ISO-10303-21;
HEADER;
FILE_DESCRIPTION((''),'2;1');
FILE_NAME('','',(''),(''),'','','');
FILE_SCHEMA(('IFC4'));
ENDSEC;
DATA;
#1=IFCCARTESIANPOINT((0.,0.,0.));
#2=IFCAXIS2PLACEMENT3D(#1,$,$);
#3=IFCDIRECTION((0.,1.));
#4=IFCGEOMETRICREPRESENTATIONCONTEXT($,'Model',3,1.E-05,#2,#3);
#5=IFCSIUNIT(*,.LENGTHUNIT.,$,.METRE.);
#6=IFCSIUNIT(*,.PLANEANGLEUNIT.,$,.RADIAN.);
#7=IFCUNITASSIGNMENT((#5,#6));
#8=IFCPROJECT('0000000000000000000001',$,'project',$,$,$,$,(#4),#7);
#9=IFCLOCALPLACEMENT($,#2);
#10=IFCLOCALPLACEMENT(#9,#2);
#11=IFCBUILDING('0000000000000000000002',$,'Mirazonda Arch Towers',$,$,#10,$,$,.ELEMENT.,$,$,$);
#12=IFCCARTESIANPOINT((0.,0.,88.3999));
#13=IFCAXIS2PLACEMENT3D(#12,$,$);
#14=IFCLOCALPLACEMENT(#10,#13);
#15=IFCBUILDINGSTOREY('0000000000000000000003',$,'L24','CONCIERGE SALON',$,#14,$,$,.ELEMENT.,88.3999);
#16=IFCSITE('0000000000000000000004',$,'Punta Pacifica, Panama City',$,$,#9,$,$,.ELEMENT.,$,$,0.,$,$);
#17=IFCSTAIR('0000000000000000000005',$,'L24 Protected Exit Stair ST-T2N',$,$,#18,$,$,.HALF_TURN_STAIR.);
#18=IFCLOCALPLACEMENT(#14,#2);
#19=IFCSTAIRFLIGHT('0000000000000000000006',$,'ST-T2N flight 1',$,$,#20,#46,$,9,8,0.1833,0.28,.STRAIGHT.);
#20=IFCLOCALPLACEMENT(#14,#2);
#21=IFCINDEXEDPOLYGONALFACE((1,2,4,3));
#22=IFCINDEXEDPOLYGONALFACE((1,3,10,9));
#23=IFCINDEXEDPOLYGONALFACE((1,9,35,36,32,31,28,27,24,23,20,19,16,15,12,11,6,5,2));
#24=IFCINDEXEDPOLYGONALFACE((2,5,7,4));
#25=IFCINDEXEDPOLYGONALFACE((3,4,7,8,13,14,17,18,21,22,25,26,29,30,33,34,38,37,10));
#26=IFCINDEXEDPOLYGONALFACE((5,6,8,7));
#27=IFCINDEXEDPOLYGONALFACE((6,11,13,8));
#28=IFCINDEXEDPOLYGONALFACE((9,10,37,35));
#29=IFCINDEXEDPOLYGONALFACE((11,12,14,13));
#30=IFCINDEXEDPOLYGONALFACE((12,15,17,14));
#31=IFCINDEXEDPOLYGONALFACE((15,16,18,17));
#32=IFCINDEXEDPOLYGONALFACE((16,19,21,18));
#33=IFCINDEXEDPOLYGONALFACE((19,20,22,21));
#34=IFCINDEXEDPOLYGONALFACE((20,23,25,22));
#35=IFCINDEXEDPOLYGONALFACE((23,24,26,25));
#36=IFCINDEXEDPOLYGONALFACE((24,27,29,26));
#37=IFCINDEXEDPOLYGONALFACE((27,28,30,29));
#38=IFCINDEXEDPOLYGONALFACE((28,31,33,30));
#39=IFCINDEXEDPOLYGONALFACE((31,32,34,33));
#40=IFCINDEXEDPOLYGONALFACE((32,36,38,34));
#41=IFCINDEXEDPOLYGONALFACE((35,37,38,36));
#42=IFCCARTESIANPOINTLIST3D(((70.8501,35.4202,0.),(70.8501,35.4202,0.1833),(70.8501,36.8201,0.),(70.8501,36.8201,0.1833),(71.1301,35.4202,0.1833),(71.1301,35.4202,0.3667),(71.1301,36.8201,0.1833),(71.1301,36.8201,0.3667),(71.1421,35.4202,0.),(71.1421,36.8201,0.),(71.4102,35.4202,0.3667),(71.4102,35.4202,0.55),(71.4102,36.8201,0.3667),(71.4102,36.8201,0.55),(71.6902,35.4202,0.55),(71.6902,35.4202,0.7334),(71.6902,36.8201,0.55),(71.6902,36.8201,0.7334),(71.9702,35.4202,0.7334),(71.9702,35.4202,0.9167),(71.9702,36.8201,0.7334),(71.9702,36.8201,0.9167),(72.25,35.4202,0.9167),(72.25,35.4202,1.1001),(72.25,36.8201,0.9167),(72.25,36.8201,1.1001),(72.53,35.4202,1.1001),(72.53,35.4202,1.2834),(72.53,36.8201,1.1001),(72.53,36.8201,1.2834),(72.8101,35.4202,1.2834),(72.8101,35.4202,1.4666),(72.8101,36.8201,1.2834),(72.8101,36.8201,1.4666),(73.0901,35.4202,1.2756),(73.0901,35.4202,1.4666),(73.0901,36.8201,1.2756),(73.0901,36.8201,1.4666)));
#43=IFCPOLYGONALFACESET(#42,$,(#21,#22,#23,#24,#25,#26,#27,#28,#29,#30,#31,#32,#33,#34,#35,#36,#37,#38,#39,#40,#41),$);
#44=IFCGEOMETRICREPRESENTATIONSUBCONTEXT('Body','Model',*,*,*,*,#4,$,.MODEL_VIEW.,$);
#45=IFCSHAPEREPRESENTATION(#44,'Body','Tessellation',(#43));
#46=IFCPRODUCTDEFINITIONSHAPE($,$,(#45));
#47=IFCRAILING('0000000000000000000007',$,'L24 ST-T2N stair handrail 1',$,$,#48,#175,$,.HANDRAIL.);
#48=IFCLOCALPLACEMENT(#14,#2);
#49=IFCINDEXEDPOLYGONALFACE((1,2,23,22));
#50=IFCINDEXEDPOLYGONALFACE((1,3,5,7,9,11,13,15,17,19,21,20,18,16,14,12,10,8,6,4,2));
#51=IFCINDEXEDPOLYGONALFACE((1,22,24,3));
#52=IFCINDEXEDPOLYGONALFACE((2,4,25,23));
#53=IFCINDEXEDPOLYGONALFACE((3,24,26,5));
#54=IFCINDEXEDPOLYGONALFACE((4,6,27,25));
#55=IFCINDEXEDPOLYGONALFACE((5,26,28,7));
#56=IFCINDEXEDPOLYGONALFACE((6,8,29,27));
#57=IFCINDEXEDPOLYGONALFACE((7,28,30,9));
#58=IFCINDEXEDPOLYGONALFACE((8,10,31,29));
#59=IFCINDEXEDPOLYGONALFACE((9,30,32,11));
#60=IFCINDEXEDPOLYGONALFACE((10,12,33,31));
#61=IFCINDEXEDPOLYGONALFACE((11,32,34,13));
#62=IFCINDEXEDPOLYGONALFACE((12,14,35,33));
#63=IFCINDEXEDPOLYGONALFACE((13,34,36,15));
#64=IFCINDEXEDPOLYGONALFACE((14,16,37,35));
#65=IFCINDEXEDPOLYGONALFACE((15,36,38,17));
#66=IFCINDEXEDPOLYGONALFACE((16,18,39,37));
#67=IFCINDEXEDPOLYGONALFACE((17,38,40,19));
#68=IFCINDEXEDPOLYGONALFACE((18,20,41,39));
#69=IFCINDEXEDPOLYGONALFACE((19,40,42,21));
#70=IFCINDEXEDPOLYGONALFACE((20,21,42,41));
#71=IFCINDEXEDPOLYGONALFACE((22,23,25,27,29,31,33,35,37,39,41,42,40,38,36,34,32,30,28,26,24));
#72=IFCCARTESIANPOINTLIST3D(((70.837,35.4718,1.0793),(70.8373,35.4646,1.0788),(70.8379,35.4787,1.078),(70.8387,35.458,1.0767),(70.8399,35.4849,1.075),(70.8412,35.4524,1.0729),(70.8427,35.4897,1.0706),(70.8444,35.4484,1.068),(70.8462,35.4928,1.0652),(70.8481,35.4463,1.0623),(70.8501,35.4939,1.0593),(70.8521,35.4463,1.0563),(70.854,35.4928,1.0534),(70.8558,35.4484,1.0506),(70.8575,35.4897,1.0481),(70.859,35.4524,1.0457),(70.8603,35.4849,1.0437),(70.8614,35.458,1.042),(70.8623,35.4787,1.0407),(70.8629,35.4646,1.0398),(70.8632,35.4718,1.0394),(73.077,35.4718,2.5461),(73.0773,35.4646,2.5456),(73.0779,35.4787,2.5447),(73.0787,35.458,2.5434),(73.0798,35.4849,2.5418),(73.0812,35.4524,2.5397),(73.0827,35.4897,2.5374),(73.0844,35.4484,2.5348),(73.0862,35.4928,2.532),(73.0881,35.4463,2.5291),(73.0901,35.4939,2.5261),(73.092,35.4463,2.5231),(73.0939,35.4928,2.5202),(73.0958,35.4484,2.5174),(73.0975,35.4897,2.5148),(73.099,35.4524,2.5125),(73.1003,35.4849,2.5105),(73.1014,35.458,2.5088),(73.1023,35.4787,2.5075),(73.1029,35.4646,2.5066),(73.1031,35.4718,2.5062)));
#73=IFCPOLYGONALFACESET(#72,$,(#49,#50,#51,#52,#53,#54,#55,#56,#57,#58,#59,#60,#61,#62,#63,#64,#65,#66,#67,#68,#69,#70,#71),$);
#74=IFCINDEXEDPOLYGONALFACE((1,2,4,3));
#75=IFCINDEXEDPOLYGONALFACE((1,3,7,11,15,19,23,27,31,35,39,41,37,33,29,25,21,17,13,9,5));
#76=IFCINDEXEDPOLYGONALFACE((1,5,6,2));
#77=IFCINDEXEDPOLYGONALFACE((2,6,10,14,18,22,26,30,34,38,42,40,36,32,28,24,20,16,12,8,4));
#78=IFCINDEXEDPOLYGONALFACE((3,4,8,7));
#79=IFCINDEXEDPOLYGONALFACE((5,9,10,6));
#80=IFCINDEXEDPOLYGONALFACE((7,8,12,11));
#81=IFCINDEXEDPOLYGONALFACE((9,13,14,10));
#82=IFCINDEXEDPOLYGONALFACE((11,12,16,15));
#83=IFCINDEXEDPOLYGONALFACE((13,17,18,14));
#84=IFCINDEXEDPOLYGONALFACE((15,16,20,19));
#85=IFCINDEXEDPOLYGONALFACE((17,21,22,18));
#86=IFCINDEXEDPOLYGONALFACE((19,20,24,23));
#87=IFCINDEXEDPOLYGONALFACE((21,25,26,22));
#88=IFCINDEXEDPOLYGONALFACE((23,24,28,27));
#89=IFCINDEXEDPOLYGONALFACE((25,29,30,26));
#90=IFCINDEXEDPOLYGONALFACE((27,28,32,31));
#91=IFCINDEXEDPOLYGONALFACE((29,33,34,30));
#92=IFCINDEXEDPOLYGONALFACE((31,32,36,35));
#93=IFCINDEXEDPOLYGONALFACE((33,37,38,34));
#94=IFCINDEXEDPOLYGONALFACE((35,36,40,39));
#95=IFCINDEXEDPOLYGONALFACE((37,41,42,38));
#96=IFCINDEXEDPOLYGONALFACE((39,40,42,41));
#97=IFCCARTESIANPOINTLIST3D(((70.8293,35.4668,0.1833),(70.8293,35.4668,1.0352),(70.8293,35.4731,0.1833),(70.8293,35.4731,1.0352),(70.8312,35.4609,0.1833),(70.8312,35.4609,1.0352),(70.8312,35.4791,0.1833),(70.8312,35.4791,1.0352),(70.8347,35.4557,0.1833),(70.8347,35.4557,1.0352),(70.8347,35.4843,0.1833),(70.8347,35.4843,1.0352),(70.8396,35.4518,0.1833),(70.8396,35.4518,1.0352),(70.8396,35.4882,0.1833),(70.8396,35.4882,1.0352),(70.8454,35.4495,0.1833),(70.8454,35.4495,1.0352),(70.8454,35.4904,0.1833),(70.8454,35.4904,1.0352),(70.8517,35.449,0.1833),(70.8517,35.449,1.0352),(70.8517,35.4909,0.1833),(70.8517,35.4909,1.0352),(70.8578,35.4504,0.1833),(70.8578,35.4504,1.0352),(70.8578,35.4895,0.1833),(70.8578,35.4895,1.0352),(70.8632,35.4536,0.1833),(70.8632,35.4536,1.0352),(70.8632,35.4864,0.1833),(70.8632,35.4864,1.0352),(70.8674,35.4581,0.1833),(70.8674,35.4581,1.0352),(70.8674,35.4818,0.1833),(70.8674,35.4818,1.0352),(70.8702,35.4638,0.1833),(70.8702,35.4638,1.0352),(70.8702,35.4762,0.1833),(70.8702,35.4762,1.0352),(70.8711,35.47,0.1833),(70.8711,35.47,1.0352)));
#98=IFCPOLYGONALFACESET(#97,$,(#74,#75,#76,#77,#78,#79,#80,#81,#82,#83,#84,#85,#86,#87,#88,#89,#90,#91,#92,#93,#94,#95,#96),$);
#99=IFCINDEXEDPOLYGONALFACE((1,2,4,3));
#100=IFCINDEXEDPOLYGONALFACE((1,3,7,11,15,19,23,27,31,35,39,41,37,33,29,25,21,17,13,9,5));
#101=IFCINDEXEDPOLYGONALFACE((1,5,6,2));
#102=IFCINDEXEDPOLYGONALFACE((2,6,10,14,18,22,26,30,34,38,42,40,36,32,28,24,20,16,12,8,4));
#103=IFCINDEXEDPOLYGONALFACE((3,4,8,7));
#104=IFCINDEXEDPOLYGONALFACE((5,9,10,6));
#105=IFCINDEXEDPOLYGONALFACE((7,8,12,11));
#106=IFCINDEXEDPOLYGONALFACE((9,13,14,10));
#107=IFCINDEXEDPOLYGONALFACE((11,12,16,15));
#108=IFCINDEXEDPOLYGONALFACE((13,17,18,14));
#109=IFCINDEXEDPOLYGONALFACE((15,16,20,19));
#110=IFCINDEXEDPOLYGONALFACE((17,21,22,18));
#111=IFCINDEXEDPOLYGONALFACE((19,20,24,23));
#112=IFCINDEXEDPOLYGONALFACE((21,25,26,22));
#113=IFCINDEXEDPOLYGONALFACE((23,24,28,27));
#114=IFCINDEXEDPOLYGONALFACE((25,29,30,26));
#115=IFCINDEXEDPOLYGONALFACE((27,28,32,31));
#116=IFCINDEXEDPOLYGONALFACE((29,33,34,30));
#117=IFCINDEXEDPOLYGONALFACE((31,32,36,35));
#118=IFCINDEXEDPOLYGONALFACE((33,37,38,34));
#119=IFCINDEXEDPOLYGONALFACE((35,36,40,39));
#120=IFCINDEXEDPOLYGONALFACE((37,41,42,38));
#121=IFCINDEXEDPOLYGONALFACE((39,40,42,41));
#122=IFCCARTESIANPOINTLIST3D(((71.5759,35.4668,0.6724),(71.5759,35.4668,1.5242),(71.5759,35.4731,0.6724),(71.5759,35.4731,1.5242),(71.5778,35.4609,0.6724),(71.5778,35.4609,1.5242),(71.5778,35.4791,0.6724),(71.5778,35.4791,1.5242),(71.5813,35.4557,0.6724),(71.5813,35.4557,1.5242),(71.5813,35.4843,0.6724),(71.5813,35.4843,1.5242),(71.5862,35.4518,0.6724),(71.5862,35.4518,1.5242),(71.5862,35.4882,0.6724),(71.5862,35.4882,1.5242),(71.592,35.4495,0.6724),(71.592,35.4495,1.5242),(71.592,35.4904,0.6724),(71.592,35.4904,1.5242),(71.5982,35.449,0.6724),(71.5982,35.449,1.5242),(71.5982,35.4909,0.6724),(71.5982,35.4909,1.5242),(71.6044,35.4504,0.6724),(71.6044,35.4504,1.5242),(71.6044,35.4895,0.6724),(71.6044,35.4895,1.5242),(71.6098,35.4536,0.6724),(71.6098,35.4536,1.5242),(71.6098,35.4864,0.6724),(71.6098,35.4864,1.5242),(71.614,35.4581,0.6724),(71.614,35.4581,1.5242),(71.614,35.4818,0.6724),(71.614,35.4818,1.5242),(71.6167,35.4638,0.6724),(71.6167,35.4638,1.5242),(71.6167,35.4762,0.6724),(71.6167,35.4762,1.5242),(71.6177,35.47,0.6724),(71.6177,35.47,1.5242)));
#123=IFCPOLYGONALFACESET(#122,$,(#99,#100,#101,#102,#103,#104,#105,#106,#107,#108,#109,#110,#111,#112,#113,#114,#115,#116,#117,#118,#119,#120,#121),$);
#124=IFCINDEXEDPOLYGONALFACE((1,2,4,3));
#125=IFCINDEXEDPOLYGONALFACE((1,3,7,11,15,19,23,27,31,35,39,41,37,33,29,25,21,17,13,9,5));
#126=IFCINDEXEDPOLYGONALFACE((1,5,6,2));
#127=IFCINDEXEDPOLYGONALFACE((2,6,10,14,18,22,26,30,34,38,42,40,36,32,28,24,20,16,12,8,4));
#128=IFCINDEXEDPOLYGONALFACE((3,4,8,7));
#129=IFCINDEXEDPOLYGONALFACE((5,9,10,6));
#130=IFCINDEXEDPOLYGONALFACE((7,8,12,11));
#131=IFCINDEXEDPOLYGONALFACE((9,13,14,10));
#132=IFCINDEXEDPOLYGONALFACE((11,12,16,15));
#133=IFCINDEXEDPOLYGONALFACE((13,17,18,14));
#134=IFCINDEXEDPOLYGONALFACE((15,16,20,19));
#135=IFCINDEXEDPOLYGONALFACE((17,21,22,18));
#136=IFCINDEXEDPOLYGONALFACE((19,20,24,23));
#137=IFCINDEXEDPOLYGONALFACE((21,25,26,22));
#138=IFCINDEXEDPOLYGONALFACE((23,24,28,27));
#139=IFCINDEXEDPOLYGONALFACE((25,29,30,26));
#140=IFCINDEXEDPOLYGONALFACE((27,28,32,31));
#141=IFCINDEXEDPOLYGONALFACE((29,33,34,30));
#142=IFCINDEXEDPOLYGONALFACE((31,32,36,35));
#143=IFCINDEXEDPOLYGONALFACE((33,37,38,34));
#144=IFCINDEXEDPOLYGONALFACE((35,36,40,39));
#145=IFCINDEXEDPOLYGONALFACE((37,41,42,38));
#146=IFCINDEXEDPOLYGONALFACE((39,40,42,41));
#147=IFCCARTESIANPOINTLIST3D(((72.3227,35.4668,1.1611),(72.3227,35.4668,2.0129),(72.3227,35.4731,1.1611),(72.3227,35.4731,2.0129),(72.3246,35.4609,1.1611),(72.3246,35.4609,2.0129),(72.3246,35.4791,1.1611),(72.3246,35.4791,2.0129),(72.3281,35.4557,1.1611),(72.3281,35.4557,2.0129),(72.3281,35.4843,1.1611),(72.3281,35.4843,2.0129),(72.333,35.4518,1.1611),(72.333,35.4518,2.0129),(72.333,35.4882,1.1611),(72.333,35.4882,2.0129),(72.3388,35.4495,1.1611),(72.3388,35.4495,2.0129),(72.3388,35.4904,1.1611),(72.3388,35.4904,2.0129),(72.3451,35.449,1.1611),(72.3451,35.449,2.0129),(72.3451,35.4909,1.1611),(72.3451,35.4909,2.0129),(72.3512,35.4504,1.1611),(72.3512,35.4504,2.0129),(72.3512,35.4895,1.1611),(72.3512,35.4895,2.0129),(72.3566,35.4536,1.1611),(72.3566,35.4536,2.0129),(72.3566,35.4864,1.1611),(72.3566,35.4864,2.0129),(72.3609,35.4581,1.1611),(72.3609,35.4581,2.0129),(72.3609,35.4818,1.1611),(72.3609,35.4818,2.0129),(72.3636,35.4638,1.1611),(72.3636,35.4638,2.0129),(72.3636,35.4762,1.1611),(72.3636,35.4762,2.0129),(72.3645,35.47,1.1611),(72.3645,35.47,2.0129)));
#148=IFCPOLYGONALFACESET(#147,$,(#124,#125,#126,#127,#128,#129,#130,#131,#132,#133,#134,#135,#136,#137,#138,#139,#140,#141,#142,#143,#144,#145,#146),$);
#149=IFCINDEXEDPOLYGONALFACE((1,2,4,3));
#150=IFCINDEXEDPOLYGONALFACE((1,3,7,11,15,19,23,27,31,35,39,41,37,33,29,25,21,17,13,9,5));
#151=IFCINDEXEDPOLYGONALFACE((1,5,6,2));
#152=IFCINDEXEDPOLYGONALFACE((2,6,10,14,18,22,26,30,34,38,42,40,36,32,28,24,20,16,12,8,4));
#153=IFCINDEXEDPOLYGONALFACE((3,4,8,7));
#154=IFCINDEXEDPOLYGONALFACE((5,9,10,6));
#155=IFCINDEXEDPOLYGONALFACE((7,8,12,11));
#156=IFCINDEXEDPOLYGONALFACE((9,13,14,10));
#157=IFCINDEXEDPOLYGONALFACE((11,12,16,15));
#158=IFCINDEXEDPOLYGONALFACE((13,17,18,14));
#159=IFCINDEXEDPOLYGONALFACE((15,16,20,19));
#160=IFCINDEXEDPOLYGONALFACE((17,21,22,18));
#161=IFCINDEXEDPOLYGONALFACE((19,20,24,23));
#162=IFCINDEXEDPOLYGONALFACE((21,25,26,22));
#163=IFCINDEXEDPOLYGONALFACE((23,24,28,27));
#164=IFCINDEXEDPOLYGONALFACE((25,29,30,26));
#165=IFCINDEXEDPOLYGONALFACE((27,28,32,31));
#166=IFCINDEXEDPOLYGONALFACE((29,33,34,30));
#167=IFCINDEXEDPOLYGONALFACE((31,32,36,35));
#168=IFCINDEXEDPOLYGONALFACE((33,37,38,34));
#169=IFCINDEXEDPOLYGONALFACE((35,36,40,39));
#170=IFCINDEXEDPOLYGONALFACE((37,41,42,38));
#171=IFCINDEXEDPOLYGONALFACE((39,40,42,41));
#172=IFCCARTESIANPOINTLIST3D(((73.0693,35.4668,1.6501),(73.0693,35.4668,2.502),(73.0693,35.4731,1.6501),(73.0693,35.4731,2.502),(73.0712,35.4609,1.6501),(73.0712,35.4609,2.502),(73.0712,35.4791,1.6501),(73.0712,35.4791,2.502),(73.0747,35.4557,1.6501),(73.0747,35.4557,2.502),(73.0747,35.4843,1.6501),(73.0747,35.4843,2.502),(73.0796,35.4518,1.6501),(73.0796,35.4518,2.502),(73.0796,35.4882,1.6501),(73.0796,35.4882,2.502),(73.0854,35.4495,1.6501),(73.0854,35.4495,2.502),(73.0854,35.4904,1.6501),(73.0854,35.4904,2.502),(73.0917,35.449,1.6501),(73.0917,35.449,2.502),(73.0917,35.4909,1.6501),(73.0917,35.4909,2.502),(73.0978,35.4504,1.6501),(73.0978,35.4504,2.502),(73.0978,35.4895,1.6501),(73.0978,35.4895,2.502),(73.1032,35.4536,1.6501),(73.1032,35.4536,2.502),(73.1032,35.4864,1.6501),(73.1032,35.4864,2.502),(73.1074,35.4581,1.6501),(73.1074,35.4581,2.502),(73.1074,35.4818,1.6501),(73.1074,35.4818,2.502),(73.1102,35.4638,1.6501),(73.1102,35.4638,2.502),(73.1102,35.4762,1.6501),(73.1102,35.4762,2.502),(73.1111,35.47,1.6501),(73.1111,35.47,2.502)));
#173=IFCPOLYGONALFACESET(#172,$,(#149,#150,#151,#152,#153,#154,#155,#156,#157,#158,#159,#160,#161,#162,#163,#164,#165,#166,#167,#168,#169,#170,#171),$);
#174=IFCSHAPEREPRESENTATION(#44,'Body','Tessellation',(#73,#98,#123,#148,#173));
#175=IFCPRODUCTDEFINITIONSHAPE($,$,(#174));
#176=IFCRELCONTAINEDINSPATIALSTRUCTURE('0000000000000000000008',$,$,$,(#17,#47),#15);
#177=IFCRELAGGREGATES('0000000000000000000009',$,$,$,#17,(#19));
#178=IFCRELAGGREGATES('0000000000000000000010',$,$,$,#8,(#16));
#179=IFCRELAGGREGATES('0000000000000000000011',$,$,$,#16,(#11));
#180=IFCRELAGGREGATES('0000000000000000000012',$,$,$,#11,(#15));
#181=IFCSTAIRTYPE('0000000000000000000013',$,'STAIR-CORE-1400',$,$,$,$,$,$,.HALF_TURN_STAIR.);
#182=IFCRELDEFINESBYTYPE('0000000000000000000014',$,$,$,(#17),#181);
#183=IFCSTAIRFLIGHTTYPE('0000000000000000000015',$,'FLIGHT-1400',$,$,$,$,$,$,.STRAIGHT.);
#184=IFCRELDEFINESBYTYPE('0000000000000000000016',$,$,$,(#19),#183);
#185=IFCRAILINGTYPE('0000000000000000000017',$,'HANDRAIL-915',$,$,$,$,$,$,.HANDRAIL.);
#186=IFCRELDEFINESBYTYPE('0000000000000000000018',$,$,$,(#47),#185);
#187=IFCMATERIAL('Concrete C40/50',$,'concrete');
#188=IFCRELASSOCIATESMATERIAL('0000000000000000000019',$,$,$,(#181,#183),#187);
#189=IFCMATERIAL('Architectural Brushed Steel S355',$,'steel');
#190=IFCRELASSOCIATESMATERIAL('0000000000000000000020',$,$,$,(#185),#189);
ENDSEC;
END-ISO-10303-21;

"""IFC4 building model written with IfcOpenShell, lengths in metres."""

from ifc_helpers import new_model, si_unit, direction, frame, origin, origin_2d, place, context, subcontext, project, spatial, polyline, circle, outline, extrude, material, type_object, element, aggregate, save


model = new_model("IFC4")

# Units and contexts
model_context = context("Model", 3, precision=1e-05, world=origin(), true_north=direction((0.0, 1.0)))
body_context = subcontext(model_context, "Body", "Model", "MODEL_VIEW")
ifc_project = project(units=[si_unit("LENGTHUNIT", "METRE"), si_unit("PLANEANGLEUNIT", "RADIAN")], contexts=[model_context])

# Site, building, storey
site_placement = place(None, origin())
site = spatial("IfcSite", under=ifc_project, at=site_placement, Name="Punta Pacifica, Panama City", CompositionType="ELEMENT", RefElevation=0.0)
building_placement = place(site_placement, origin())
building = spatial("IfcBuilding", under=site, at=building_placement, Name="Mirazonda Arch Towers", CompositionType="ELEMENT")
storey_placement = place(building_placement, frame((0.0, 0.0, 88.3999)))
storey = spatial("IfcBuildingStorey", under=building, at=storey_placement, Name="L24", Description="CONCIERGE SALON", CompositionType="ELEMENT", Elevation=88.3999)

# Shared definitions
ifc_material_1 = material(Name="Architectural Brushed Steel S355", Category="steel")
ifc_material_2 = material(Name="Concrete C40/50", Category="concrete")

# Stair, stair flight
stair_type = type_object("IfcStairType", Name="STAIR-CORE-1400", PredefinedType="HALF_TURN_STAIR", material=ifc_material_2)
stair_placement = place(storey_placement, origin())
stair = element("IfcStair", 1, at=stair_placement, inside=storey, type_object=stair_type, Name="L24 Protected Exit Stair ST-T2N", PredefinedType="HALF_TURN_STAIR")
stair_flight_type = type_object("IfcStairFlightType", Name="FLIGHT-1400", PredefinedType="STRAIGHT", material=ifc_material_2)
stair_flight_placement = place(storey_placement, frame((70.8501, 36.1201, 0.0), z_axis=(0.0, 0.0, 1.0), x_axis=(1.0, 0.0, 0.0)))
stair_flight = element("IfcStairFlight", 2, at=stair_flight_placement, type_object=stair_flight_type, Name="ST-T2N flight 1", NumberOfRisers=9, NumberOfTreads=8, PredefinedType="STRAIGHT", RiserHeight=0.1833, TreadLength=0.28, context=body_context, shape_type="SweptSolid", body=[
    extrude(outline(polyline([(0.0, 0.0), (0.0, 0.1833), (0.28, 0.1833), (0.28, 0.3667), (0.5601, 0.3667), (0.5601, 0.55), (0.8401, 0.55), (0.8401, 0.7334), (1.1201, 0.7334), (1.1201, 0.9167), (1.3999, 0.9167), (1.3999, 1.1001), (1.6799, 1.1001), (1.6799, 1.2834), (1.96, 1.2834), (1.96, 1.4666), (2.24, 1.4666), (2.24, 1.6499), (2.24, 1.2756), (0.292, 0.0), (0.0, 0.0)])), frame((0.0, 0.7, 0.0), z_axis=(0.0, -1.0, 0.0), x_axis=(1.0, 0.0, 0.0)), (0.0, 0.0, 1.0), 1.3999),
])
aggregate(stair, [stair_flight])

# Railing
railing_type = type_object("IfcRailingType", Name="HANDRAIL-915", PredefinedType="HANDRAIL", material=ifc_material_1)
railing_placement = place(storey_placement, frame((70.8501, 35.47, 0.1833)))
element("IfcRailing", 3, at=railing_placement, inside=storey, type_object=railing_type, Name="L24 ST-T2N stair handrail 1", PredefinedType="HANDRAIL", context=body_context, shape_type="SweptSolid", body=[
    extrude(circle(Radius=0.0239, at=origin_2d()), frame((0.0, 0.0, 0.876), z_axis=(0.836595, 0.0, 0.547822), x_axis=(0.0, 1.0, 0.0)), (0.0, 0.0, 1.0), 2.6775),
    extrude(circle(Radius=0.021, at=origin_2d()), origin(), (0.0, 0.0, 1.0), 0.8518),
    extrude(circle(Radius=0.021, at=origin_2d()), frame((0.7466, 0.0, 0.489)), (0.0, 0.0, 1.0), 0.8518),
    extrude(circle(Radius=0.021, at=origin_2d()), frame((1.4934, 0.0, 0.9778)), (0.0, 0.0, 1.0), 0.8518),
    extrude(circle(Radius=0.021, at=origin_2d()), frame((2.24, 0.0, 1.4668)), (0.0, 0.0, 1.0), 0.8518),
])

save(model, "model.ifc")
